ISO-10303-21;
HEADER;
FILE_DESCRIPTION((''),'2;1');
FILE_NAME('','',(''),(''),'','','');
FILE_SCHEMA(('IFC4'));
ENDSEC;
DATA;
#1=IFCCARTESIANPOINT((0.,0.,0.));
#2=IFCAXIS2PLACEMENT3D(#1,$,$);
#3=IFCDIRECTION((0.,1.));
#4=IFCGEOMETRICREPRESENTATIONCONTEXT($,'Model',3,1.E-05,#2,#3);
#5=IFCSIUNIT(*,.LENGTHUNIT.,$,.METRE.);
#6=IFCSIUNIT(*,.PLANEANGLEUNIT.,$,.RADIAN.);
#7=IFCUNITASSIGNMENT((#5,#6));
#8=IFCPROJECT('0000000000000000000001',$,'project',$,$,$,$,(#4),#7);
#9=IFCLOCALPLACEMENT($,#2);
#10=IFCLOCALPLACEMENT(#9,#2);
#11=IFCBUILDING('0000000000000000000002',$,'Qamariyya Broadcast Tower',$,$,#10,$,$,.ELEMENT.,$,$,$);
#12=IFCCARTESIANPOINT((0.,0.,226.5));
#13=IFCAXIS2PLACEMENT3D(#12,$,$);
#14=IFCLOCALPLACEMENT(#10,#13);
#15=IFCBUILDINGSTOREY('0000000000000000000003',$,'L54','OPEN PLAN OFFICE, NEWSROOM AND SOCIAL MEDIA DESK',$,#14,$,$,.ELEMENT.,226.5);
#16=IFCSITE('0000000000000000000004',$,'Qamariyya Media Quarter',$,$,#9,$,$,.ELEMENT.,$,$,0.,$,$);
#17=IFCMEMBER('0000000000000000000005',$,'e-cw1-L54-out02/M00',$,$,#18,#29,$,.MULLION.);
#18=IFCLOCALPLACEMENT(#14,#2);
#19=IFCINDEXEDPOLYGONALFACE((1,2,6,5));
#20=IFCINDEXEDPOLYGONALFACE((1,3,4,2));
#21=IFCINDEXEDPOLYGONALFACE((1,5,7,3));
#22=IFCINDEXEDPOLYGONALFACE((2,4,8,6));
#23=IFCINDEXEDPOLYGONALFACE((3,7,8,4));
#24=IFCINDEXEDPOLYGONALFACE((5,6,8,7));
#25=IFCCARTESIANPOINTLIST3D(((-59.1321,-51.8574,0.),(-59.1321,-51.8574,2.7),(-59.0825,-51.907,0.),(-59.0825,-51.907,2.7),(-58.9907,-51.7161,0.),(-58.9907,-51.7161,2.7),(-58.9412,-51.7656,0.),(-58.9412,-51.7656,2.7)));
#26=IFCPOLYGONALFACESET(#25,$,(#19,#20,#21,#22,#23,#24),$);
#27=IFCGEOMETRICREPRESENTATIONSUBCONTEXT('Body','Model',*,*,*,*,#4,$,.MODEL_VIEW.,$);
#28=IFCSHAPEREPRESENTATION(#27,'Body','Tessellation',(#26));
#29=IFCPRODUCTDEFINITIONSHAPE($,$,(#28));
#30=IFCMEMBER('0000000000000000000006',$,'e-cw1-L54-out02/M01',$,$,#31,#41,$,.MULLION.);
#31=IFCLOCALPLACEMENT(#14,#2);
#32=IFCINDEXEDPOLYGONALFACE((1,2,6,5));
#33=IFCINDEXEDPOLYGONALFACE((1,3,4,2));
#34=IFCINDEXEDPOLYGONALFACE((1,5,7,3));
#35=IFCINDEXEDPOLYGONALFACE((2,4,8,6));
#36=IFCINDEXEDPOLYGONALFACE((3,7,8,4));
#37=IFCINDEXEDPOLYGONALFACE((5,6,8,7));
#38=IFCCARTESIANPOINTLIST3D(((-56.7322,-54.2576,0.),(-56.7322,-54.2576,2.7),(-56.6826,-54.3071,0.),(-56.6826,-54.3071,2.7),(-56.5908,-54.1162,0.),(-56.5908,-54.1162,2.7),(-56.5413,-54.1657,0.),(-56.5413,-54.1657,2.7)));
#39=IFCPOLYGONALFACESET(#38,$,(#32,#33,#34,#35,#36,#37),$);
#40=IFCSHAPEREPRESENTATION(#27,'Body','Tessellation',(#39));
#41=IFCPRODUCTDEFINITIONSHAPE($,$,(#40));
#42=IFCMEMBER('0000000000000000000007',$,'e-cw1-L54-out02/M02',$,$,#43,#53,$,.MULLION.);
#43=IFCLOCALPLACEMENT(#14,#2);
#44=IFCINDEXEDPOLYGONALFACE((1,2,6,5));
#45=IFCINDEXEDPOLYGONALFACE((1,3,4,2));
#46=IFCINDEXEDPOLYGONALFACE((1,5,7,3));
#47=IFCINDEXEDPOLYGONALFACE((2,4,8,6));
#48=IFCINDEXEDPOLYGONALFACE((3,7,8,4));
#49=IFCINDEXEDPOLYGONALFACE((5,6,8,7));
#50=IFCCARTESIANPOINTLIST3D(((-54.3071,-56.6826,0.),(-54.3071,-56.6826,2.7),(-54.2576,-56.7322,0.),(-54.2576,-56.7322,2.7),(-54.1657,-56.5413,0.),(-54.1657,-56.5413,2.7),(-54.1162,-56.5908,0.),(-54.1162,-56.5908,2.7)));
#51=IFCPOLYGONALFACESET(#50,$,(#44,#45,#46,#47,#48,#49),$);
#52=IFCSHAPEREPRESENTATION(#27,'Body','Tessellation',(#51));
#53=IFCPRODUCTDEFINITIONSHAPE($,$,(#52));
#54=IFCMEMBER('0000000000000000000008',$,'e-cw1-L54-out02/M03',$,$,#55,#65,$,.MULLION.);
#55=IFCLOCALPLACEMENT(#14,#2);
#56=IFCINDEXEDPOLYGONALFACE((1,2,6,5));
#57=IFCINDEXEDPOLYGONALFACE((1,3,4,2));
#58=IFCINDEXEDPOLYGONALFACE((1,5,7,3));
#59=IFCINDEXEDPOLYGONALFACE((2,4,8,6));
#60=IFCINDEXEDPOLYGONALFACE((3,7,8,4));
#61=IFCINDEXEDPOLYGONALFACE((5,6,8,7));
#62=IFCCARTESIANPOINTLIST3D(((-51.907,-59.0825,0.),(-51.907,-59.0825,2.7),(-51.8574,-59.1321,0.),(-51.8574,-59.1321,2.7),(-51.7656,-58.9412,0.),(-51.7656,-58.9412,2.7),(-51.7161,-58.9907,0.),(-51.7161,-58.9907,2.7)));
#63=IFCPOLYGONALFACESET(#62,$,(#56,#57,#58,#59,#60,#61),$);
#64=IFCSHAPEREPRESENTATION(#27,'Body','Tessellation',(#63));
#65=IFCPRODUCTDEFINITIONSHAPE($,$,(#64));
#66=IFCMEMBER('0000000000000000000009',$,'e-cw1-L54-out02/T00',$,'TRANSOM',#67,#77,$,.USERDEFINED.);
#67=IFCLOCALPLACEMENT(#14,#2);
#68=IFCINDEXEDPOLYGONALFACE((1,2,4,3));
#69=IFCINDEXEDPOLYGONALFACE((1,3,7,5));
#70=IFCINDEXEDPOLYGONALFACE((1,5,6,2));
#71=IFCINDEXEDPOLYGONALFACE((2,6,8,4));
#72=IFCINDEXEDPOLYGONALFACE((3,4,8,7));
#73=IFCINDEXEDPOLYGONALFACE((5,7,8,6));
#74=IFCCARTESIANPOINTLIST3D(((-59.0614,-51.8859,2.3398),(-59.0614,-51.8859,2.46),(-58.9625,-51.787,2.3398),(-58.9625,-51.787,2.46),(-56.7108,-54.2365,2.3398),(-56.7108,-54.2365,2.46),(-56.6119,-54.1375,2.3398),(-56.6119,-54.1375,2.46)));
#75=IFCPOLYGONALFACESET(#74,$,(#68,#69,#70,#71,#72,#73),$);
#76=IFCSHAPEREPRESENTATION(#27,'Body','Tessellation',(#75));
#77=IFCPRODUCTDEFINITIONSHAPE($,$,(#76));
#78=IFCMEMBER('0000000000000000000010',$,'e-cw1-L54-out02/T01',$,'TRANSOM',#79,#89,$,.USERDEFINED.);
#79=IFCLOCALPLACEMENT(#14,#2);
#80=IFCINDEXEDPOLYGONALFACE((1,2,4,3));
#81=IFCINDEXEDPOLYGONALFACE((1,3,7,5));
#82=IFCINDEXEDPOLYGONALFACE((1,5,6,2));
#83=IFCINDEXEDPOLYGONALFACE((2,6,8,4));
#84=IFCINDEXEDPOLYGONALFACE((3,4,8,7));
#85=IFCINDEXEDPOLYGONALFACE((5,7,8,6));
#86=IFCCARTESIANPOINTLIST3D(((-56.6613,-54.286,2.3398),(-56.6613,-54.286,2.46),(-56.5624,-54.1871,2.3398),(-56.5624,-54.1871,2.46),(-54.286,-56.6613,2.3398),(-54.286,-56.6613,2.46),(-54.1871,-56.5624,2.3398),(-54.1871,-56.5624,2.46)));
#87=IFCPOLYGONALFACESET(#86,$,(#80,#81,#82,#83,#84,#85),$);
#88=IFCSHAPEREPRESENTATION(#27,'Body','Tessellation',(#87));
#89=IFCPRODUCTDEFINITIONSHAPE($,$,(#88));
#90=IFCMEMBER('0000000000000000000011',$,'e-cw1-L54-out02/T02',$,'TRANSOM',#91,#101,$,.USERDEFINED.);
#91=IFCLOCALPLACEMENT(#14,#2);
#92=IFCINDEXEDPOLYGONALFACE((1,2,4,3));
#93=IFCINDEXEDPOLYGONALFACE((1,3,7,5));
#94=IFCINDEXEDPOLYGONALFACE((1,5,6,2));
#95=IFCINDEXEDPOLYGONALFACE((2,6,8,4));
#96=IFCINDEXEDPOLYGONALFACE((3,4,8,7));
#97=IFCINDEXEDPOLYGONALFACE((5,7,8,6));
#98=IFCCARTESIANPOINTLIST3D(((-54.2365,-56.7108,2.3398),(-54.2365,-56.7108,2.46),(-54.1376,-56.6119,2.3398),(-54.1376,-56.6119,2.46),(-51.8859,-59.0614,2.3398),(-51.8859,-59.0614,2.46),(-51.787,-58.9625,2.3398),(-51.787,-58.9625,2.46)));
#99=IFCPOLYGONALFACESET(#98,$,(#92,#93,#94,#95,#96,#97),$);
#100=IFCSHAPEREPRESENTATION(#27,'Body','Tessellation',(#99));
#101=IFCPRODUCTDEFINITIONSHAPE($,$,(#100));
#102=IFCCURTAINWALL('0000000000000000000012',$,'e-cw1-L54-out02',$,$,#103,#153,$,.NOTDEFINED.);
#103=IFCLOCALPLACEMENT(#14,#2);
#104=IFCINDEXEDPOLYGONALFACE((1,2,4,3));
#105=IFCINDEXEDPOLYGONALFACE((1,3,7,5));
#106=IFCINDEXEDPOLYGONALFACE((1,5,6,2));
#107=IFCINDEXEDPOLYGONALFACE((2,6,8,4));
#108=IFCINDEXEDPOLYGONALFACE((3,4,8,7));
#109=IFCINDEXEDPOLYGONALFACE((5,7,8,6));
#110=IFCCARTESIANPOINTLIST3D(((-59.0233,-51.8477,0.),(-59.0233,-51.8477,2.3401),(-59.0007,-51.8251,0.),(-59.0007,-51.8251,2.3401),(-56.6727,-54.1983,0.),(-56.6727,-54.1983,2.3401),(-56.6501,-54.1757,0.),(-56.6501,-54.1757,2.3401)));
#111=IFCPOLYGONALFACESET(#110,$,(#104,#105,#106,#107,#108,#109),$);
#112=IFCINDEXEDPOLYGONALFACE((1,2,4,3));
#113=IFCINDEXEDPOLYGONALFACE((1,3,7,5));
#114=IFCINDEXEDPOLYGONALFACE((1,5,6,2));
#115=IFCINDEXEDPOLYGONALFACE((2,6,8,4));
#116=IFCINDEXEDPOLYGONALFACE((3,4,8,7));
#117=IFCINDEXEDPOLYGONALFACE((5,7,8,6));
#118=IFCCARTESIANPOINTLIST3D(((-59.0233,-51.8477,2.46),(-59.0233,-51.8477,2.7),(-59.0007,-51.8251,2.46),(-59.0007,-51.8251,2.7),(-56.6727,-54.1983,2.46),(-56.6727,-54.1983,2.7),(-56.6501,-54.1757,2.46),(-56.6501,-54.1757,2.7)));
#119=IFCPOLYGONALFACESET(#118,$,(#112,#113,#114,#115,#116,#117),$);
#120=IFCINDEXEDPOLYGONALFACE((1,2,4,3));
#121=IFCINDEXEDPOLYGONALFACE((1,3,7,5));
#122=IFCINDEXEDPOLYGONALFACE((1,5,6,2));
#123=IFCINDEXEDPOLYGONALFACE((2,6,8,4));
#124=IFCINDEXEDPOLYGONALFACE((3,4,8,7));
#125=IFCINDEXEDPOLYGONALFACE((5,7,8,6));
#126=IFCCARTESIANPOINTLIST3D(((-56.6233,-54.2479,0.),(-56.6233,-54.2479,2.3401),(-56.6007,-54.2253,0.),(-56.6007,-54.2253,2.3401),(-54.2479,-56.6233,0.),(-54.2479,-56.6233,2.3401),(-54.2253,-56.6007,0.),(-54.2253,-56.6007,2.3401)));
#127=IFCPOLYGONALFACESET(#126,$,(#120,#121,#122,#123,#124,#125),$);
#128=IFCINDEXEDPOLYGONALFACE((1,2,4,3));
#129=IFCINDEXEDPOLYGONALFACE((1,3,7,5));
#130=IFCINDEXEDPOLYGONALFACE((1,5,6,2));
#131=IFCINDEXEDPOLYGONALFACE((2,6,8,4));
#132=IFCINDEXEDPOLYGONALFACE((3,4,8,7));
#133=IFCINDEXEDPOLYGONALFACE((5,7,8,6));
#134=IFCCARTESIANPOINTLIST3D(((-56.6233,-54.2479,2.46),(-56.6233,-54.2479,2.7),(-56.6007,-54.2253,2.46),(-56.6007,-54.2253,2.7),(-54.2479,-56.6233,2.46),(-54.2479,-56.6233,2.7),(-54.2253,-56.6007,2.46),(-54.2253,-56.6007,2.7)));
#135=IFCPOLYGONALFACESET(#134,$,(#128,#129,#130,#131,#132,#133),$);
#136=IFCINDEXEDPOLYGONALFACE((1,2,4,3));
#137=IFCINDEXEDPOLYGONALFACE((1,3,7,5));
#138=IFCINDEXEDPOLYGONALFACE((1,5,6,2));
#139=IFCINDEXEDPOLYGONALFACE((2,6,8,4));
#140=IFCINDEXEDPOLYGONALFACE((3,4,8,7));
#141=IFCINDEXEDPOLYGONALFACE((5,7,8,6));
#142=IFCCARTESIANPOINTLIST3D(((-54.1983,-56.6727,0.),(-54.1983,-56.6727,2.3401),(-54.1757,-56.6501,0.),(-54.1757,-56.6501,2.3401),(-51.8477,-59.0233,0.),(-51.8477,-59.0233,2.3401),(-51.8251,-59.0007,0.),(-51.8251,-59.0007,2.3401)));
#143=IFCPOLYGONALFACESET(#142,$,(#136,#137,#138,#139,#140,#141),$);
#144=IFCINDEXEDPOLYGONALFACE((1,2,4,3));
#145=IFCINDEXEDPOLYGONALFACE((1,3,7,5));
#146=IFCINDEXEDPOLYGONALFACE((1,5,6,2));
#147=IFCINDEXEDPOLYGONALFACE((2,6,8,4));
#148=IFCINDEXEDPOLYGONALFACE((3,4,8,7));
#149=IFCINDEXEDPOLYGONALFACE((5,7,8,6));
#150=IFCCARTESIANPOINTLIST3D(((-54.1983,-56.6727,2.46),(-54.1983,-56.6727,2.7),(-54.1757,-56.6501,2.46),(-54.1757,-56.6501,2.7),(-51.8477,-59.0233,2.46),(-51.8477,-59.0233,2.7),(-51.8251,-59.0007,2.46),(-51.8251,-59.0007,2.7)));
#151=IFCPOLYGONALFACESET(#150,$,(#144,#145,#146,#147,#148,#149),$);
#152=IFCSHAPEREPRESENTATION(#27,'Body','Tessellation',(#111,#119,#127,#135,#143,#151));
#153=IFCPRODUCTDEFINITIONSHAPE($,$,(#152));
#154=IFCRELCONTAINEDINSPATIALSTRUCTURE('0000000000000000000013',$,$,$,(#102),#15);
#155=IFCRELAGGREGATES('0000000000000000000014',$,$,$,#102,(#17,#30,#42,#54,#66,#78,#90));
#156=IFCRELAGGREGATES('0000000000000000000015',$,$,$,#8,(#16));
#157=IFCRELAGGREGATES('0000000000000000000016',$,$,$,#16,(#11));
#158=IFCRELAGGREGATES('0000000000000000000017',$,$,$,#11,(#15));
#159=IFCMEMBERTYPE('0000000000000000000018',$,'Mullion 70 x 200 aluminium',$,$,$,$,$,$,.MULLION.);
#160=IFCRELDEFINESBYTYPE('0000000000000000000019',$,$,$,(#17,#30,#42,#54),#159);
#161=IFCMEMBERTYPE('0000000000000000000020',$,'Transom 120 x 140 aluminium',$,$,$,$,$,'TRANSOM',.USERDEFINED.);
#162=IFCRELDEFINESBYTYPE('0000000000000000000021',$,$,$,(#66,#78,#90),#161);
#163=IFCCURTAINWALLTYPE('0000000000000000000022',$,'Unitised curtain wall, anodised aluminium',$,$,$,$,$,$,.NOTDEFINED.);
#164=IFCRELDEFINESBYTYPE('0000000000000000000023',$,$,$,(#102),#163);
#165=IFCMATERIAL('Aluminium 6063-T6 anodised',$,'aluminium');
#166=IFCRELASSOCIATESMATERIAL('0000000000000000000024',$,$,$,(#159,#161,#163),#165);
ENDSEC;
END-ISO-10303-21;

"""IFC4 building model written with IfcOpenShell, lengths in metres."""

from ifc_helpers import new_model, si_unit, direction, frame, origin, origin_2d, place, context, subcontext, project, spatial, rectangle, extrude, material, material_profile, profile_set, type_object, element, aggregate, save


model = new_model("IFC4")

# Units and contexts
model_context = context("Model", 3, precision=1e-05, world=origin(), true_north=direction((0.0, 1.0)))
body_context = subcontext(model_context, "Body", "Model", "MODEL_VIEW")
ifc_project = project(units=[si_unit("LENGTHUNIT", "METRE"), si_unit("PLANEANGLEUNIT", "RADIAN")], contexts=[model_context])

# Members
ifc_material = material(Name="Aluminium 6063-T6 anodised", Category="aluminium")
ifc_material_profile_1 = material_profile(ifc_material, rectangle(XDim=0.2, YDim=0.0701, at=origin_2d()))
ifc_profile_set_1 = profile_set([ifc_material_profile_1], Name="Aluminium 6063-T6 anodised")
member_type_1 = type_object("IfcMemberType", Name="Mullion 70 x 200 aluminium", PredefinedType="MULLION", material=ifc_profile_set_1)
site_placement = place(None, origin())
building_placement = place(site_placement, origin())
storey_placement = place(building_placement, frame((0.0, 0.0, 226.5)))
member_1_placement = place(storey_placement, frame((-59.0366, -51.8115, 0.0), z_axis=(0.0, 0.0, 1.0), x_axis=(0.707107, 0.707107, 0.0)))
member_1 = element("IfcMember", 1, at=member_1_placement, type_object=member_type_1, Name="e-cw1-L54-out02/M00", PredefinedType="MULLION", context=body_context, shape_type="SweptSolid", body=[
    extrude(rectangle(XDim=0.2, YDim=0.0701, at=origin_2d()), origin(), (0.0, 0.0, 1.0), 2.7),
])
member_2_placement = place(storey_placement, frame((-56.6367, -54.2117, 0.0), z_axis=(0.0, 0.0, 1.0), x_axis=(0.707107, 0.707107, 0.0)))
member_2 = element("IfcMember", 2, at=member_2_placement, type_object=member_type_1, Name="e-cw1-L54-out02/M01", PredefinedType="MULLION", context=body_context, shape_type="SweptSolid", body=[
    extrude(rectangle(XDim=0.2, YDim=0.0701, at=origin_2d()), origin(), (0.0, 0.0, 1.0), 2.7),
])
member_3_placement = place(storey_placement, frame((-54.2117, -56.6367, 0.0), z_axis=(0.0, 0.0, 1.0), x_axis=(0.707107, 0.707107, 0.0)))
member_3 = element("IfcMember", 3, at=member_3_placement, type_object=member_type_1, Name="e-cw1-L54-out02/M02", PredefinedType="MULLION", context=body_context, shape_type="SweptSolid", body=[
    extrude(rectangle(XDim=0.2, YDim=0.0701, at=origin_2d()), origin(), (0.0, 0.0, 1.0), 2.7),
])
member_4_placement = place(storey_placement, frame((-51.8115, -59.0366, 0.0), z_axis=(0.0, 0.0, 1.0), x_axis=(0.707107, 0.707107, 0.0)))
member_4 = element("IfcMember", 4, at=member_4_placement, type_object=member_type_1, Name="e-cw1-L54-out02/M03", PredefinedType="MULLION", context=body_context, shape_type="SweptSolid", body=[
    extrude(rectangle(XDim=0.2, YDim=0.0701, at=origin_2d()), origin(), (0.0, 0.0, 1.0), 2.7),
])
ifc_material_profile_2 = material_profile(ifc_material, rectangle(XDim=0.1399, YDim=0.1201, at=origin_2d()))
ifc_profile_set_2 = profile_set([ifc_material_profile_2], Name="Aluminium 6063-T6 anodised")
member_type_2 = type_object("IfcMemberType", Name="Transom 120 x 140 aluminium", ElementType="TRANSOM", PredefinedType="USERDEFINED", material=ifc_profile_set_2)
member_5_placement = place(storey_placement, frame((-59.012, -51.8364, 2.3999), z_axis=(0.707107, -0.707107, 0.0), x_axis=(0.707107, 0.707107, 0.0)))
member_5 = element("IfcMember", 5, at=member_5_placement, type_object=member_type_2, Name="e-cw1-L54-out02/T00", ObjectType="TRANSOM", PredefinedType="USERDEFINED", context=body_context, shape_type="SweptSolid", body=[
    extrude(rectangle(XDim=0.1399, YDim=0.1201, at=origin_2d()), origin(), (0.0, 0.0, 1.0), 3.3242),
])
member_6_placement = place(storey_placement, frame((-56.6118, -54.2366, 2.3999), z_axis=(0.707107, -0.707107, 0.0), x_axis=(0.707107, 0.707107, 0.0)))
member_6 = element("IfcMember", 6, at=member_6_placement, type_object=member_type_2, Name="e-cw1-L54-out02/T01", ObjectType="TRANSOM", PredefinedType="USERDEFINED", context=body_context, shape_type="SweptSolid", body=[
    extrude(rectangle(XDim=0.1399, YDim=0.1201, at=origin_2d()), origin(), (0.0, 0.0, 1.0), 3.3591),
])
member_7_placement = place(storey_placement, frame((-54.187, -56.6614, 2.3999), z_axis=(0.707107, -0.707107, 0.0), x_axis=(0.707107, 0.707107, 0.0)))
member_7 = element("IfcMember", 7, at=member_7_placement, type_object=member_type_2, Name="e-cw1-L54-out02/T02", ObjectType="TRANSOM", PredefinedType="USERDEFINED", context=body_context, shape_type="SweptSolid", body=[
    extrude(rectangle(XDim=0.1399, YDim=0.1201, at=origin_2d()), origin(), (0.0, 0.0, 1.0), 3.3242),
])

# Site, building, storey
site = spatial("IfcSite", under=ifc_project, at=site_placement, Name="Qamariyya Media Quarter", CompositionType="ELEMENT", RefElevation=0.0)
building = spatial("IfcBuilding", under=site, at=building_placement, Name="Qamariyya Broadcast Tower", CompositionType="ELEMENT")
storey = spatial("IfcBuildingStorey", under=building, at=storey_placement, Name="L54", Description="OPEN PLAN OFFICE, NEWSROOM AND SOCIAL MEDIA DESK", CompositionType="ELEMENT", Elevation=226.5)

# Curtain wall
curtain_wall_type = type_object("IfcCurtainWallType", Name="Unitised curtain wall, anodised aluminium", PredefinedType="NOTDEFINED", material=ifc_material)
curtain_wall_1_placement = place(storey_placement, origin())
curtain_wall_1 = element("IfcCurtainWall", 8, at=curtain_wall_1_placement, inside=storey, type_object=curtain_wall_type, Name="e-cw1-L54-out02", PredefinedType="NOTDEFINED", context=body_context, shape_type="SweptSolid", body=[
    extrude(rectangle(XDim=3.3242, YDim=0.032, at=origin_2d()), frame((-57.8367, -53.0117, 0.0), x_axis=(0.707107, -0.707107, 0.0)), (0.0, 0.0, 1.0), 2.3401),
    extrude(rectangle(XDim=3.3242, YDim=0.032, at=origin_2d()), frame((-57.8367, -53.0117, 2.46), x_axis=(0.707107, -0.707107, 0.0)), (0.0, 0.0, 1.0), 0.24),
    extrude(rectangle(XDim=3.3594, YDim=0.032, at=origin_2d()), frame((-55.4243, -55.4243, 0.0), x_axis=(0.707107, -0.707107, 0.0)), (0.0, 0.0, 1.0), 2.3401),
    extrude(rectangle(XDim=3.3594, YDim=0.032, at=origin_2d()), frame((-55.4243, -55.4243, 2.46), x_axis=(0.707107, -0.707107, 0.0)), (0.0, 0.0, 1.0), 0.24),
    extrude(rectangle(XDim=3.3242, YDim=0.032, at=origin_2d()), frame((-53.0117, -57.8367, 0.0), x_axis=(0.707107, -0.707107, 0.0)), (0.0, 0.0, 1.0), 2.3401),
    extrude(rectangle(XDim=3.3242, YDim=0.032, at=origin_2d()), frame((-53.0117, -57.8367, 2.46), x_axis=(0.707107, -0.707107, 0.0)), (0.0, 0.0, 1.0), 0.24),
])
aggregate(curtain_wall_1, [member_1, member_2, member_3, member_4, member_5, member_6, member_7])

save(model, "model.ifc")
